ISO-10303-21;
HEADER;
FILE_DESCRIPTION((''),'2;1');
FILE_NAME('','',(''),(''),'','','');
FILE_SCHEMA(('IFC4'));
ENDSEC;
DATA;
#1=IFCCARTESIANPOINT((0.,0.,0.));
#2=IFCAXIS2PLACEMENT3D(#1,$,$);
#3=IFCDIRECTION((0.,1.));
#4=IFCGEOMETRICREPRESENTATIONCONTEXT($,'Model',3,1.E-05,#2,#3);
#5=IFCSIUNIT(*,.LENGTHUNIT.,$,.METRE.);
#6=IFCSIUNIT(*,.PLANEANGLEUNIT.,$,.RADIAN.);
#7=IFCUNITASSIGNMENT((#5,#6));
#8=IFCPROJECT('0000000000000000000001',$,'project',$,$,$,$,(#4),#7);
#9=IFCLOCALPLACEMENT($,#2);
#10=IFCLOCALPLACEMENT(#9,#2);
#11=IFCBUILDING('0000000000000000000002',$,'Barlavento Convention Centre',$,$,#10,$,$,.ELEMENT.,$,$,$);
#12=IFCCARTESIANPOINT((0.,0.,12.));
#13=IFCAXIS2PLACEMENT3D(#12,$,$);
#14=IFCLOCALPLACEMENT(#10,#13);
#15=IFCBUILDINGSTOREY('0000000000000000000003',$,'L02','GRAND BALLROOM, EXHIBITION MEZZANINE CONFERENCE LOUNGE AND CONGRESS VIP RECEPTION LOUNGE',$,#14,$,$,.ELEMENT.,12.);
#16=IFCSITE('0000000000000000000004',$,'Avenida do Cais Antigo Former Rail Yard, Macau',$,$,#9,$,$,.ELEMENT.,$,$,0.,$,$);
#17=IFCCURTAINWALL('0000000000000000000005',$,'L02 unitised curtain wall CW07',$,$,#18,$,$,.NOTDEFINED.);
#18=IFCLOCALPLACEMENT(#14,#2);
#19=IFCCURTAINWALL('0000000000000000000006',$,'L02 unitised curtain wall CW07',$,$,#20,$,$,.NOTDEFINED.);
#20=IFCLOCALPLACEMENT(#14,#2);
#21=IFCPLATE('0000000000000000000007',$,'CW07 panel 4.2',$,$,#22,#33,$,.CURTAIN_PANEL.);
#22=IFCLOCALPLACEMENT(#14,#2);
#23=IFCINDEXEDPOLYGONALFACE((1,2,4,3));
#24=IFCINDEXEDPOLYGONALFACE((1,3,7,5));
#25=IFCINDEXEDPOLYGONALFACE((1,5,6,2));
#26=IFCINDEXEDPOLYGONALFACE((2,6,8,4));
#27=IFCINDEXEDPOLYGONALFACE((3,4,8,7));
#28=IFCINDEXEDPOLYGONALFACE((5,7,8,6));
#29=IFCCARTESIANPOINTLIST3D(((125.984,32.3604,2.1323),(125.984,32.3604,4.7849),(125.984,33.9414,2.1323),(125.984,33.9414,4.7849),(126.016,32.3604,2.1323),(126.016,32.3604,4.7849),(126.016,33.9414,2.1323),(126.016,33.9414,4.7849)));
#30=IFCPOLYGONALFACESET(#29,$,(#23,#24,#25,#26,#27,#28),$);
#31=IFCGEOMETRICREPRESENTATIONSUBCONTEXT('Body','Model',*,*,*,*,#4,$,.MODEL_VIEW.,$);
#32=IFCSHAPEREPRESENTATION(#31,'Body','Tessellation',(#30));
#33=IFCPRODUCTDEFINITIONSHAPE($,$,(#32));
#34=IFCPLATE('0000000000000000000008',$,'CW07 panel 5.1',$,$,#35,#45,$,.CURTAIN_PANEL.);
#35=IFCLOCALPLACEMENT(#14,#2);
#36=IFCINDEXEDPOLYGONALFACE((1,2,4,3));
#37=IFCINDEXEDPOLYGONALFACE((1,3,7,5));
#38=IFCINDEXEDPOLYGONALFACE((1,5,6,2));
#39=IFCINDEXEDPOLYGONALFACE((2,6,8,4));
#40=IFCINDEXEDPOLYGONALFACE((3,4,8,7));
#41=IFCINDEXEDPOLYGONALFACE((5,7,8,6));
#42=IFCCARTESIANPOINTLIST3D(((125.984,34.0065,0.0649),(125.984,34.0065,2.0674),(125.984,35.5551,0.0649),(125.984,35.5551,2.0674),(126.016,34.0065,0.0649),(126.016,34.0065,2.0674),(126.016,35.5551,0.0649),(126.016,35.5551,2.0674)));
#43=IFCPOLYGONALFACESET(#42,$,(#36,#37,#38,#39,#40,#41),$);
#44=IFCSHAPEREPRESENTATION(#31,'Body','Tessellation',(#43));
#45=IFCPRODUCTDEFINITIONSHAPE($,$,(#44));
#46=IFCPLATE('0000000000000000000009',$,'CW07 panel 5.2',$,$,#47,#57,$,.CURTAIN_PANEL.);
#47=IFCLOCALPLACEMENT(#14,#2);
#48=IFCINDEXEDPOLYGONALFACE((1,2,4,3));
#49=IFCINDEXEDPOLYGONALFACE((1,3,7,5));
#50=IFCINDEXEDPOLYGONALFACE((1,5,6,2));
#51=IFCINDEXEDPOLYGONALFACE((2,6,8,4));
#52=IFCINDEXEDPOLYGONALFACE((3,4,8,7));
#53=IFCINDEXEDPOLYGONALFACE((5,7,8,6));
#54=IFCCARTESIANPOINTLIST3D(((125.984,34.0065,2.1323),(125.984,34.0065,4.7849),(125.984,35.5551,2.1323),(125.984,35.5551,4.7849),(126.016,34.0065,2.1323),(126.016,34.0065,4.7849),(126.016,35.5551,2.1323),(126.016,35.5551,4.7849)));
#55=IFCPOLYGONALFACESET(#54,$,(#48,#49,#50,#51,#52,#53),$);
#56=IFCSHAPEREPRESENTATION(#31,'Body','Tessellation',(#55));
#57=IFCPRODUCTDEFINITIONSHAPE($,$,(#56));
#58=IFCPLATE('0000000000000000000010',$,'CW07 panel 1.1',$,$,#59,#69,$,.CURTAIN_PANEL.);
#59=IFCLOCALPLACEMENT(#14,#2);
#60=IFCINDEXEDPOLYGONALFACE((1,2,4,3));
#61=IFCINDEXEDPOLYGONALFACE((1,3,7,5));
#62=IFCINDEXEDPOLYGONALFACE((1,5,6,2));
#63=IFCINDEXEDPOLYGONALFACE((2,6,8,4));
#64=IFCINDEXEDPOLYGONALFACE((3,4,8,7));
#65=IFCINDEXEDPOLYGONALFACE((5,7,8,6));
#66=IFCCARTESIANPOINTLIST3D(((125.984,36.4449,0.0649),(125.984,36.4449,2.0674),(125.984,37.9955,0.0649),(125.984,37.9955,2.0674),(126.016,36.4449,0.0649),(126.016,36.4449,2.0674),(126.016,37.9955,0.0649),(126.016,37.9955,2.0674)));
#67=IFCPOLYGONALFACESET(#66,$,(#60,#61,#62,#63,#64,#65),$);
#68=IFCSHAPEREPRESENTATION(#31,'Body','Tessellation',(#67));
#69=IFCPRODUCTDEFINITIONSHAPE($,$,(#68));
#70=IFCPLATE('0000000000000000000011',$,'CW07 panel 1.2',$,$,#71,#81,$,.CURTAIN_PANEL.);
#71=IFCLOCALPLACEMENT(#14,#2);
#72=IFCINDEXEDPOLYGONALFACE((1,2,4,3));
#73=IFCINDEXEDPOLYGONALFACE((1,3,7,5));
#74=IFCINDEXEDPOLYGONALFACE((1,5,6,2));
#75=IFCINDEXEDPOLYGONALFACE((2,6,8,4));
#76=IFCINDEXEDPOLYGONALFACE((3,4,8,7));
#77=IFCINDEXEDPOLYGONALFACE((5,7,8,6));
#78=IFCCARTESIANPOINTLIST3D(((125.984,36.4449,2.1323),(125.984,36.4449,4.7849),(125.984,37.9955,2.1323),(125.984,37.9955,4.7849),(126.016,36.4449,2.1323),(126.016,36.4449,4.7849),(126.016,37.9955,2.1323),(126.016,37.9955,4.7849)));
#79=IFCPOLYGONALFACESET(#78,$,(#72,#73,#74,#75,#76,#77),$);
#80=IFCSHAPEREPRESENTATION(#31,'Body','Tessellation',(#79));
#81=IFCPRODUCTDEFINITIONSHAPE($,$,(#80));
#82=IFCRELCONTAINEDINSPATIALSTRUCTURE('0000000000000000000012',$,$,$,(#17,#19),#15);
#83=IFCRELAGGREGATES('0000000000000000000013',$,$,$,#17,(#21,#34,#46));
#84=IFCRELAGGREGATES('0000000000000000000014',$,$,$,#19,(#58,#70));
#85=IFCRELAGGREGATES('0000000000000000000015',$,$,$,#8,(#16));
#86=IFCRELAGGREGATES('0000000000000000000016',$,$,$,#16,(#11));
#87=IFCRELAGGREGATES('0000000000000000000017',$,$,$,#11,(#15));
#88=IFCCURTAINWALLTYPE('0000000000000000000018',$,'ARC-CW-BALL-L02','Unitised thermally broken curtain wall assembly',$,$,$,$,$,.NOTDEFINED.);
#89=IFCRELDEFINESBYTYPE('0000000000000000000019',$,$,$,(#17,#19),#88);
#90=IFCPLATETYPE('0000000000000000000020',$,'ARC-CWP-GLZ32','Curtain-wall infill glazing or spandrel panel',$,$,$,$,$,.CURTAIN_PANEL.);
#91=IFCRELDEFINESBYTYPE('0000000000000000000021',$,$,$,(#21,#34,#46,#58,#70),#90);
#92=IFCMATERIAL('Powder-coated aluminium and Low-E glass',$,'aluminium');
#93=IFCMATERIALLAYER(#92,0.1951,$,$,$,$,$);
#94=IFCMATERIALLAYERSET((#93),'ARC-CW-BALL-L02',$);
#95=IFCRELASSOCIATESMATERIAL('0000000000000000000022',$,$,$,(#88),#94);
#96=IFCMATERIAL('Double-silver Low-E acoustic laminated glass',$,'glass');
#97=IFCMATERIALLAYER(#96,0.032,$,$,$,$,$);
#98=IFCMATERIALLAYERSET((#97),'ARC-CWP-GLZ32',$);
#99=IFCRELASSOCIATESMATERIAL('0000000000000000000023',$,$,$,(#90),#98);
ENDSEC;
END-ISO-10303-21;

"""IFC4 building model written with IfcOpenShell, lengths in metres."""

from ifc_helpers import new_model, si_unit, direction, frame, origin, origin_2d, place, context, subcontext, project, spatial, rectangle, extrude, material, layer, layer_set, type_object, element, aggregate, save


model = new_model("IFC4")

# Units and contexts
model_context = context("Model", 3, precision=1e-05, world=origin(), true_north=direction((0.0, 1.0)))
body_context = subcontext(model_context, "Body", "Model", "MODEL_VIEW")
ifc_project = project(units=[si_unit("LENGTHUNIT", "METRE"), si_unit("PLANEANGLEUNIT", "RADIAN")], contexts=[model_context])

# Site, building, storey
site_placement = place(None, origin())
site = spatial("IfcSite", under=ifc_project, at=site_placement, Name="Avenida do Cais Antigo Former Rail Yard, Macau", CompositionType="ELEMENT", RefElevation=0.0)
building_placement = place(site_placement, origin())
building = spatial("IfcBuilding", under=site, at=building_placement, Name="Barlavento Convention Centre", CompositionType="ELEMENT")
storey_placement = place(building_placement, frame((0.0, 0.0, 12.0)))
storey = spatial("IfcBuildingStorey", under=building, at=storey_placement, Name="L02", Description="GRAND BALLROOM, EXHIBITION MEZZANINE CONFERENCE LOUNGE AND CONGRESS VIP RECEPTION LOUNGE", CompositionType="ELEMENT", Elevation=12.0)

# Curtain walls
ifc_material_1 = material(Name="Powder-coated aluminium and Low-E glass", Category="aluminium")
ifc_layer_1 = layer(ifc_material_1, 0.1951)
ifc_layer_set_1 = layer_set([ifc_layer_1], Name="ARC-CW-BALL-L02")
curtain_wall_type = type_object("IfcCurtainWallType", Name="ARC-CW-BALL-L02", Description="Unitised thermally broken curtain wall assembly", PredefinedType="NOTDEFINED", material=ifc_layer_set_1)
curtain_wall_1_placement = place(storey_placement, origin())
curtain_wall_1 = element("IfcCurtainWall", 1, at=curtain_wall_1_placement, inside=storey, type_object=curtain_wall_type, Name="L02 unitised curtain wall CW07", PredefinedType="NOTDEFINED")
curtain_wall_2_placement = place(storey_placement, origin())
curtain_wall_2 = element("IfcCurtainWall", 2, at=curtain_wall_2_placement, inside=storey, type_object=curtain_wall_type, Name="L02 unitised curtain wall CW07", PredefinedType="NOTDEFINED")

# Plates
ifc_material_2 = material(Name="Double-silver Low-E acoustic laminated glass", Category="glass")
ifc_layer_2 = layer(ifc_material_2, 0.032)
ifc_layer_set_2 = layer_set([ifc_layer_2], Name="ARC-CWP-GLZ32")
plate_type = type_object("IfcPlateType", Name="ARC-CWP-GLZ32", Description="Curtain-wall infill glazing or spandrel panel", PredefinedType="CURTAIN_PANEL", material=ifc_layer_set_2)
plate_1_placement = place(storey_placement, frame((126.0, 33.1509, 2.1323), z_axis=(0.0, 0.0, 1.0), x_axis=(0.0, 1.0, 0.0)))
plate_1 = element("IfcPlate", 3, at=plate_1_placement, type_object=plate_type, Name="CW07 panel 4.2", PredefinedType="CURTAIN_PANEL", context=body_context, shape_type="SweptSolid", body=[
    extrude(rectangle(XDim=1.5811, YDim=0.032, at=origin_2d()), origin(), (0.0, 0.0, 1.0), 2.6526),
])
plate_2_placement = place(storey_placement, frame((126.0, 34.7808, 0.0649), z_axis=(0.0, 0.0, 1.0), x_axis=(0.0, 1.0, 0.0)))
plate_2 = element("IfcPlate", 4, at=plate_2_placement, type_object=plate_type, Name="CW07 panel 5.1", PredefinedType="CURTAIN_PANEL", context=body_context, shape_type="SweptSolid", body=[
    extrude(rectangle(XDim=1.5486, YDim=0.032, at=origin_2d()), origin(), (0.0, 0.0, 1.0), 2.0024),
])
plate_3_placement = place(storey_placement, frame((126.0, 34.7808, 2.1323), z_axis=(0.0, 0.0, 1.0), x_axis=(0.0, 1.0, 0.0)))
plate_3 = element("IfcPlate", 5, at=plate_3_placement, type_object=plate_type, Name="CW07 panel 5.2", PredefinedType="CURTAIN_PANEL", context=body_context, shape_type="SweptSolid", body=[
    extrude(rectangle(XDim=1.5486, YDim=0.032, at=origin_2d()), origin(), (0.0, 0.0, 1.0), 2.6526),
])
aggregate(curtain_wall_1, [plate_1, plate_2, plate_3])
plate_4_placement = place(storey_placement, frame((126.0, 37.2202, 0.0649), z_axis=(0.0, 0.0, 1.0), x_axis=(0.0, 1.0, 0.0)))
plate_4 = element("IfcPlate", 6, at=plate_4_placement, type_object=plate_type, Name="CW07 panel 1.1", PredefinedType="CURTAIN_PANEL", context=body_context, shape_type="SweptSolid", body=[
    extrude(rectangle(XDim=1.5505, YDim=0.032, at=origin_2d()), origin(), (0.0, 0.0, 1.0), 2.0024),
])
plate_5_placement = place(storey_placement, frame((126.0, 37.2202, 2.1323), z_axis=(0.0, 0.0, 1.0), x_axis=(0.0, 1.0, 0.0)))
plate_5 = element("IfcPlate", 7, at=plate_5_placement, type_object=plate_type, Name="CW07 panel 1.2", PredefinedType="CURTAIN_PANEL", context=body_context, shape_type="SweptSolid", body=[
    extrude(rectangle(XDim=1.5505, YDim=0.032, at=origin_2d()), origin(), (0.0, 0.0, 1.0), 2.6526),
])
aggregate(curtain_wall_2, [plate_4, plate_5])

save(model, "model.ifc")
